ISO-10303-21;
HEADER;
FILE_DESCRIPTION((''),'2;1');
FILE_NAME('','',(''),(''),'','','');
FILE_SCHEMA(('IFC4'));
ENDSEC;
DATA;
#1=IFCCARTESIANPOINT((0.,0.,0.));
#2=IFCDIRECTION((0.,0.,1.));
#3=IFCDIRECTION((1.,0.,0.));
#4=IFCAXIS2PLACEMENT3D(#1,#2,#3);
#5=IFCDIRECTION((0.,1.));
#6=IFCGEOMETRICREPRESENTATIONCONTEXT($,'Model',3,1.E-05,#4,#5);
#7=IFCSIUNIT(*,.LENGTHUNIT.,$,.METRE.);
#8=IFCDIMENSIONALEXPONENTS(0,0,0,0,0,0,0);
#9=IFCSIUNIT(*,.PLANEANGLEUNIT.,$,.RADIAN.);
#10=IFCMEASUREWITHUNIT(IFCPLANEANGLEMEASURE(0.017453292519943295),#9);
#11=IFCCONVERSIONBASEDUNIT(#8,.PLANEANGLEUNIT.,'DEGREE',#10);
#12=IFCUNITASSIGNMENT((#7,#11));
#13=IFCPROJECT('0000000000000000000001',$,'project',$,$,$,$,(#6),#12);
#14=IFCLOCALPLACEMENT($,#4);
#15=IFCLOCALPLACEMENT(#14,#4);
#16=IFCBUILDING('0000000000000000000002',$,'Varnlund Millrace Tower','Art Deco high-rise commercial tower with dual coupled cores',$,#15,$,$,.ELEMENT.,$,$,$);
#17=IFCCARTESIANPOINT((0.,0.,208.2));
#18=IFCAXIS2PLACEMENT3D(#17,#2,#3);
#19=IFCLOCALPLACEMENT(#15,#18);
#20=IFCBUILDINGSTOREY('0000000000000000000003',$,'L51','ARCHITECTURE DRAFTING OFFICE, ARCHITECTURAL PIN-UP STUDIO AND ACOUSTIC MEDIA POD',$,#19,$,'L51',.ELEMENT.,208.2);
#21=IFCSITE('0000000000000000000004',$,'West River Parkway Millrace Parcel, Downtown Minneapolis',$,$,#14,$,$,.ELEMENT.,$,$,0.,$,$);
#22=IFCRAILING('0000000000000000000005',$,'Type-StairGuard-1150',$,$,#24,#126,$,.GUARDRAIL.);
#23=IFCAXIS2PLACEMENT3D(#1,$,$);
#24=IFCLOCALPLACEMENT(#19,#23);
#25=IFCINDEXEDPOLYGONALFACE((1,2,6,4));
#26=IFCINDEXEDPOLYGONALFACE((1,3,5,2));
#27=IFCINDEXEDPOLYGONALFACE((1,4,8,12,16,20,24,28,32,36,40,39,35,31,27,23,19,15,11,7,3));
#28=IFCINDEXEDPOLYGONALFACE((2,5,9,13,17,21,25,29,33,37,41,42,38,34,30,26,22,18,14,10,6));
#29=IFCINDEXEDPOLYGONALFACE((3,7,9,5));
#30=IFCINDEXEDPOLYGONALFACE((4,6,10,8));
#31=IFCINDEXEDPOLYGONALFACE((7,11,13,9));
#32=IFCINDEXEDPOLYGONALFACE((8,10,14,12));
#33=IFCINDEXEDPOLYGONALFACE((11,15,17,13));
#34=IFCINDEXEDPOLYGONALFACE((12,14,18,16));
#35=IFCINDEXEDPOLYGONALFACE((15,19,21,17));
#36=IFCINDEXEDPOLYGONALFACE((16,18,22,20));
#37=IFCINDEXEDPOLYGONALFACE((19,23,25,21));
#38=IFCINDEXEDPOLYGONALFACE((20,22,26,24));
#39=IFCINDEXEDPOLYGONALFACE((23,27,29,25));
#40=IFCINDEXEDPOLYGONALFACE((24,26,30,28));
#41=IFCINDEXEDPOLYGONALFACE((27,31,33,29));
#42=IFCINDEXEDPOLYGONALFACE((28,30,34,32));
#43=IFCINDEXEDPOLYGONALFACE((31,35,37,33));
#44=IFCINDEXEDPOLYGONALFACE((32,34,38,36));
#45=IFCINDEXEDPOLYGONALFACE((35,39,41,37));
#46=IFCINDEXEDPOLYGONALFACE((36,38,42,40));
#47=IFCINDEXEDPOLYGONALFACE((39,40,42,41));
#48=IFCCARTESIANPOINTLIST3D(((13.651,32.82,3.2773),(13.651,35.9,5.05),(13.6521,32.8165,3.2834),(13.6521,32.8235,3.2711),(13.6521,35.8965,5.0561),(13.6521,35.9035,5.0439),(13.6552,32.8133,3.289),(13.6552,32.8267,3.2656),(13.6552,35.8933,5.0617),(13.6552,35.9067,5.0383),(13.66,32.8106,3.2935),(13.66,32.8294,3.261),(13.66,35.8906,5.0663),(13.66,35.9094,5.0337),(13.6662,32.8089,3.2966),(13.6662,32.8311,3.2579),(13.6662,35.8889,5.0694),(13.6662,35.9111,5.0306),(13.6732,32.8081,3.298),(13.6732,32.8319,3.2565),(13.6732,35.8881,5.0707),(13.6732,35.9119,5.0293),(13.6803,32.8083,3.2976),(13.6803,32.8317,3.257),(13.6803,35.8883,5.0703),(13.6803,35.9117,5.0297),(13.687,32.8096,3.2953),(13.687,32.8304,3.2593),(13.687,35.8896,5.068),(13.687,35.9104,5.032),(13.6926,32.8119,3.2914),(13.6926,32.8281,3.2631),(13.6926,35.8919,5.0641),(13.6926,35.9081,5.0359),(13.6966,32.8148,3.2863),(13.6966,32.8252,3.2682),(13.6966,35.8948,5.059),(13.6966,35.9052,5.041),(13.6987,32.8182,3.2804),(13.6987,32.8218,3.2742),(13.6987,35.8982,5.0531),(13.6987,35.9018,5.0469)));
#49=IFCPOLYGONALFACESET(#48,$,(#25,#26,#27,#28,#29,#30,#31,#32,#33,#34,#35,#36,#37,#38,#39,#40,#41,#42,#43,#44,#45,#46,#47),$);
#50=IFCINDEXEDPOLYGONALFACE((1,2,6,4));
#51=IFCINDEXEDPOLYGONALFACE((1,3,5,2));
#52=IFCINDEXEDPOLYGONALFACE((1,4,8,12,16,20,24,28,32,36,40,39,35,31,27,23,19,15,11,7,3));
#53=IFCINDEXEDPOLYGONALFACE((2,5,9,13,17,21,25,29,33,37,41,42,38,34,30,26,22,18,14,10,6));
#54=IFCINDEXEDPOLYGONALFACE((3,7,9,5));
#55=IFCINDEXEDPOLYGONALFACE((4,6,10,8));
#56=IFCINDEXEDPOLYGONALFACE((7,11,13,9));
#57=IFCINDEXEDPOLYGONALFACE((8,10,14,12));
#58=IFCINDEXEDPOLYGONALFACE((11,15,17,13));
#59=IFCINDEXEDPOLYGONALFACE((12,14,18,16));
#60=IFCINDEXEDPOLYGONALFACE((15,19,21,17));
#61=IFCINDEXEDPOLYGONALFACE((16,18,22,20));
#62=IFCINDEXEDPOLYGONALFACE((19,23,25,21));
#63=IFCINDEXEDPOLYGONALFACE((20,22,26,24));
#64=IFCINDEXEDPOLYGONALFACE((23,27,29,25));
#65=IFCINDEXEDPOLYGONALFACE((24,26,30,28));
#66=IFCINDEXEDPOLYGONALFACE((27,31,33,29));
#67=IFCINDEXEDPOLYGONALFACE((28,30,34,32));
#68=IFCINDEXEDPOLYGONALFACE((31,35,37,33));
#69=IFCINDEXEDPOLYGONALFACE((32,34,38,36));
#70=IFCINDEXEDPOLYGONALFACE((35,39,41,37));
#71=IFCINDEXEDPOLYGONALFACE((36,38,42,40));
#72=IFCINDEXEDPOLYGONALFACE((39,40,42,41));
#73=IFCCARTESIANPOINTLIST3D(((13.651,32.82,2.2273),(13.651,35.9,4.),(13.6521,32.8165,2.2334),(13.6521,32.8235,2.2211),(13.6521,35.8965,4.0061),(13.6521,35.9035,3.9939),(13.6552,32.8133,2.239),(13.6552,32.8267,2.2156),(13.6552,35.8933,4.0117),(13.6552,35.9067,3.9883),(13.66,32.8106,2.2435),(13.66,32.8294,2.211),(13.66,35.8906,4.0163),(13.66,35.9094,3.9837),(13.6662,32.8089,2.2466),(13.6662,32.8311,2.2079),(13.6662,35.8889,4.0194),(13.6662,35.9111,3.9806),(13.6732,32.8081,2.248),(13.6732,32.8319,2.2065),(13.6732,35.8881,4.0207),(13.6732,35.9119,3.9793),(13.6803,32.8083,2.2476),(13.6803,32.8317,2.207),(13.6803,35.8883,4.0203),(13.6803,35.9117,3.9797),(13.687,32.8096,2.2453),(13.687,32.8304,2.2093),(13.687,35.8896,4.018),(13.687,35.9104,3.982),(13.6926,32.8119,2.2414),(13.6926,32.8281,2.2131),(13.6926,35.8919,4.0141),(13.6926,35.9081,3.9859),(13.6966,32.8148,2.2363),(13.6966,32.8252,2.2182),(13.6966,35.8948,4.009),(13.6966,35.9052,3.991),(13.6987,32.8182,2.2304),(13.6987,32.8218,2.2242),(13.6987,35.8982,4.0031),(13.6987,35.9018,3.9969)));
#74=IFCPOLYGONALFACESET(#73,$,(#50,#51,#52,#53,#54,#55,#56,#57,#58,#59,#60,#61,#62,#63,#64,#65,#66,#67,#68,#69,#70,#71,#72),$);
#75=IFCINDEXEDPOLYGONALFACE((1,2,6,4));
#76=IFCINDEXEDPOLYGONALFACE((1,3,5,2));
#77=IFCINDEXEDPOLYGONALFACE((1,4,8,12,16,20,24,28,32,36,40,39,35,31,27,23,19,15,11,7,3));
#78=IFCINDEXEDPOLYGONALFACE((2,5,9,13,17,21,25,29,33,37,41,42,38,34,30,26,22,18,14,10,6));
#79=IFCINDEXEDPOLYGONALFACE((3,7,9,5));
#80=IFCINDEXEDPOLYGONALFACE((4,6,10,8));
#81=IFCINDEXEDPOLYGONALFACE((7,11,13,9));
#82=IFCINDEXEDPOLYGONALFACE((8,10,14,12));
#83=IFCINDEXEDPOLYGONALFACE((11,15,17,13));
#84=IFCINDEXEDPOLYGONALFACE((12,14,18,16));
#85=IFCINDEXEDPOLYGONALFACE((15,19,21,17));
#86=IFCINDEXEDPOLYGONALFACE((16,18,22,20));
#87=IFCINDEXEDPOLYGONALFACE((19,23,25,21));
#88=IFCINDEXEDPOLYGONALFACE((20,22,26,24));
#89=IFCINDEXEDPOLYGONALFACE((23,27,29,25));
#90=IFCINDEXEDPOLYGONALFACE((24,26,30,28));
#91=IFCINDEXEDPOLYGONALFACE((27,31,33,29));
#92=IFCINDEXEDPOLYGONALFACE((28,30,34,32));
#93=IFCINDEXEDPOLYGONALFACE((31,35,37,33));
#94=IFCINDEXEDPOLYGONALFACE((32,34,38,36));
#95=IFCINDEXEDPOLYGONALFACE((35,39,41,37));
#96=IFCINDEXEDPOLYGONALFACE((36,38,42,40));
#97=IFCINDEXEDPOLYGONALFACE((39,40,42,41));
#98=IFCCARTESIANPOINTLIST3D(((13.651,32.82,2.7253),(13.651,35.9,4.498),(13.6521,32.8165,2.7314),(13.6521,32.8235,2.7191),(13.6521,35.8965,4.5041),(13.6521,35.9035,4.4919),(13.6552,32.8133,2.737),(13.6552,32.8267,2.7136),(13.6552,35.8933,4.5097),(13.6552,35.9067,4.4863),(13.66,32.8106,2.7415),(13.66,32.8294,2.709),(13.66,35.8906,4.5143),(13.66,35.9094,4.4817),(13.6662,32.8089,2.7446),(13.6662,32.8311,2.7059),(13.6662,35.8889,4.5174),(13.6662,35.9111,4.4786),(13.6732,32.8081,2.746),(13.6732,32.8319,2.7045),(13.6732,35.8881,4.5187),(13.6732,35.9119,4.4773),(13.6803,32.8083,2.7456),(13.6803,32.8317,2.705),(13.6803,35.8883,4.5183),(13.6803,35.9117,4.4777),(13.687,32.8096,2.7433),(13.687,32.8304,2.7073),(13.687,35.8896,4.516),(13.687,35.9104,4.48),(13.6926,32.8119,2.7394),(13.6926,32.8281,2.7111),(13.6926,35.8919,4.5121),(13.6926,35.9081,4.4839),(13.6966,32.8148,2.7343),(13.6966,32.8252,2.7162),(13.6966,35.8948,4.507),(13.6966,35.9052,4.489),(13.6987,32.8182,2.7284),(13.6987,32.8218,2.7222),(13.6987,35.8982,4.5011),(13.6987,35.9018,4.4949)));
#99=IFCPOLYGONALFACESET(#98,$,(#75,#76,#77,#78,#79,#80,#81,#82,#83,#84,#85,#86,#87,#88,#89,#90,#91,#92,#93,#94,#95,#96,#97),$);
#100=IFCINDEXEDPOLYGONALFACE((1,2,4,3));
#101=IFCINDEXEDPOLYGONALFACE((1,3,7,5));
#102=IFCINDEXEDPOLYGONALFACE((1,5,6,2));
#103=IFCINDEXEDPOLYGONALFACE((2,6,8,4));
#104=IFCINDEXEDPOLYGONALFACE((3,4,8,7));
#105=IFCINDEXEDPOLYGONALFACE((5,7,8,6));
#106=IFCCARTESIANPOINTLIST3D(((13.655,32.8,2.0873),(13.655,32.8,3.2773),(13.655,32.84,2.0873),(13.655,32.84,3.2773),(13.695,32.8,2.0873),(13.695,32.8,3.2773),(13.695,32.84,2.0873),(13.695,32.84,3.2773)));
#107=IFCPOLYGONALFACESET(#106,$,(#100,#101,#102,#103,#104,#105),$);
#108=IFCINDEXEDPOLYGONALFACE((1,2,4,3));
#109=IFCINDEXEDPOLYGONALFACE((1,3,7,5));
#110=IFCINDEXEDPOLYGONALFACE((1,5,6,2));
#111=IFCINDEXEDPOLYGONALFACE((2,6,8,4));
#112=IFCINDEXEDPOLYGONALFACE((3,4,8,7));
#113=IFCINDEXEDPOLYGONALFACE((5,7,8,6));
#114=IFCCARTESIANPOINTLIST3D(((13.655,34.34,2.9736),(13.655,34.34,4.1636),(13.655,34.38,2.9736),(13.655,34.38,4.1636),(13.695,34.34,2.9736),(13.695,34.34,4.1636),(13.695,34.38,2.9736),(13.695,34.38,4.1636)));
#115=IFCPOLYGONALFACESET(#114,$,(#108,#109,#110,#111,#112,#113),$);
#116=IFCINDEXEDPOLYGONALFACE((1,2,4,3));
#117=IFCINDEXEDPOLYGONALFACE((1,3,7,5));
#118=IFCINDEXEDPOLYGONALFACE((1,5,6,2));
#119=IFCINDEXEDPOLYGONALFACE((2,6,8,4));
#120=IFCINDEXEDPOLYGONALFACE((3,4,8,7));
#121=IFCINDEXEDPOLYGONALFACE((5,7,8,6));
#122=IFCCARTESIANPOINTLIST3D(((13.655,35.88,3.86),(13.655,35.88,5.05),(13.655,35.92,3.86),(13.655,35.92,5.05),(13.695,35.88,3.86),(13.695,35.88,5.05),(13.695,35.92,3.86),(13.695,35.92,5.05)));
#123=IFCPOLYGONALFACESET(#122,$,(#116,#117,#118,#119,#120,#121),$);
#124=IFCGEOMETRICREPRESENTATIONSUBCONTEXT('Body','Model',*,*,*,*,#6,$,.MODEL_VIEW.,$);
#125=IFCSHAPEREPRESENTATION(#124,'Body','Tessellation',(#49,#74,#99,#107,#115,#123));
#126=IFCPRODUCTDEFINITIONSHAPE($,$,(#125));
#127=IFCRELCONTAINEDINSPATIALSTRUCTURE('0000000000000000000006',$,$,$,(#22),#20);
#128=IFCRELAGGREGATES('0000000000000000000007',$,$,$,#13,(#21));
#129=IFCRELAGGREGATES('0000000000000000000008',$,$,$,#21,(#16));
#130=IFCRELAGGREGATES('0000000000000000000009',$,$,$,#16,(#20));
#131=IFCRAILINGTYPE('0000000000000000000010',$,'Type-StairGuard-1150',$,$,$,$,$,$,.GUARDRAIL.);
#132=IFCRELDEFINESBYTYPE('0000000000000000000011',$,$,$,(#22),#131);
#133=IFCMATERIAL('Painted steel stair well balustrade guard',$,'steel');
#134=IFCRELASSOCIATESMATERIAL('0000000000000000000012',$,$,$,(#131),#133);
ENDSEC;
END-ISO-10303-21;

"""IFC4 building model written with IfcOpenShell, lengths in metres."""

from ifc_helpers import new_model, entity, si_unit, converted_unit, direction, frame, origin_with_axes, origin_2d_with_axis, place, context, subcontext, project, spatial, rectangle, circle, extrude, material, type_object, element, save


model = new_model("IFC4")

# Units and contexts
model_context = context("Model", 3, precision=1e-05, world=origin_with_axes(), true_north=direction((0.0, 1.0)))
body_context = subcontext(model_context, "Body", "Model", "MODEL_VIEW")
ifc_project = project(units=[si_unit("LENGTHUNIT", "METRE"), converted_unit("PLANEANGLEUNIT", "DEGREE", entity("IfcPlaneAngleMeasure", 0.017453292519943295), si_unit("PLANEANGLEUNIT", "RADIAN"), dimensions=[0, 0, 0, 0, 0, 0, 0])], contexts=[model_context])

# Site, building, storey
site_placement = place(None, origin_with_axes())
site = spatial("IfcSite", under=ifc_project, at=site_placement, Name="West River Parkway Millrace Parcel, Downtown Minneapolis", CompositionType="ELEMENT", RefElevation=0.0)
building_placement = place(site_placement, origin_with_axes())
building = spatial("IfcBuilding", under=site, at=building_placement, Name="Varnlund Millrace Tower", Description="Art Deco high-rise commercial tower with dual coupled cores", CompositionType="ELEMENT")
storey_placement = place(building_placement, frame((0.0, 0.0, 208.2), z_axis=(0.0, 0.0, 1.0), x_axis=(1.0, 0.0, 0.0)))
storey = spatial("IfcBuildingStorey", under=building, at=storey_placement, Name="L51", Description="ARCHITECTURE DRAFTING OFFICE, ARCHITECTURAL PIN-UP STUDIO AND ACOUSTIC MEDIA POD", LongName="L51", CompositionType="ELEMENT", Elevation=208.2)

# Railing
ifc_material_1 = material(Name="Painted steel stair well balustrade guard", Category="steel")
railing_type_1 = type_object("IfcRailingType", Name="Type-StairGuard-1150", PredefinedType="GUARDRAIL", material=ifc_material_1)
railing_1_placement = place(storey_placement, frame((0.0, 0.0, -208.2), z_axis=(0.0, 0.0, 1.0), x_axis=(1.0, 0.0, 0.0)))
element("IfcRailing", 1, at=railing_1_placement, inside=storey, type_object=railing_type_1, Name="Type-StairGuard-1150", PredefinedType="GUARDRAIL", context=body_context, shape_type="SweptSolid", body=[
    extrude(circle(Radius=0.024, at=origin_2d_with_axis()), frame((13.675, 32.82, 211.4773), z_axis=(0.0, 0.866696, 0.498836), x_axis=(-1.0, 0.0, 0.0)), (0.0, 0.0, 1.0), 3.5537),
    extrude(circle(Radius=0.024, at=origin_2d_with_axis()), frame((13.675, 32.82, 210.4273), z_axis=(0.0, 0.866696, 0.498836), x_axis=(-1.0, 0.0, 0.0)), (0.0, 0.0, 1.0), 3.5537),
    extrude(circle(Radius=0.024, at=origin_2d_with_axis()), frame((13.675, 32.82, 210.9253), z_axis=(0.0, 0.866696, 0.498836), x_axis=(-1.0, 0.0, 0.0)), (0.0, 0.0, 1.0), 3.5537),
    extrude(rectangle(XDim=0.04, YDim=0.04, at=origin_2d_with_axis()), frame((13.675, 32.82, 210.2873), z_axis=(0.0, 0.0, 1.0), x_axis=(1.0, 0.0, 0.0)), (0.0, 0.0, 1.0), 1.19),
    extrude(rectangle(XDim=0.04, YDim=0.04, at=origin_2d_with_axis()), frame((13.675, 34.36, 211.1736), z_axis=(0.0, 0.0, 1.0), x_axis=(1.0, 0.0, 0.0)), (0.0, 0.0, 1.0), 1.19),
    extrude(rectangle(XDim=0.04, YDim=0.04, at=origin_2d_with_axis()), frame((13.675, 35.9, 212.06), z_axis=(0.0, 0.0, 1.0), x_axis=(1.0, 0.0, 0.0)), (0.0, 0.0, 1.0), 1.19),
])

save(model, "model.ifc")
